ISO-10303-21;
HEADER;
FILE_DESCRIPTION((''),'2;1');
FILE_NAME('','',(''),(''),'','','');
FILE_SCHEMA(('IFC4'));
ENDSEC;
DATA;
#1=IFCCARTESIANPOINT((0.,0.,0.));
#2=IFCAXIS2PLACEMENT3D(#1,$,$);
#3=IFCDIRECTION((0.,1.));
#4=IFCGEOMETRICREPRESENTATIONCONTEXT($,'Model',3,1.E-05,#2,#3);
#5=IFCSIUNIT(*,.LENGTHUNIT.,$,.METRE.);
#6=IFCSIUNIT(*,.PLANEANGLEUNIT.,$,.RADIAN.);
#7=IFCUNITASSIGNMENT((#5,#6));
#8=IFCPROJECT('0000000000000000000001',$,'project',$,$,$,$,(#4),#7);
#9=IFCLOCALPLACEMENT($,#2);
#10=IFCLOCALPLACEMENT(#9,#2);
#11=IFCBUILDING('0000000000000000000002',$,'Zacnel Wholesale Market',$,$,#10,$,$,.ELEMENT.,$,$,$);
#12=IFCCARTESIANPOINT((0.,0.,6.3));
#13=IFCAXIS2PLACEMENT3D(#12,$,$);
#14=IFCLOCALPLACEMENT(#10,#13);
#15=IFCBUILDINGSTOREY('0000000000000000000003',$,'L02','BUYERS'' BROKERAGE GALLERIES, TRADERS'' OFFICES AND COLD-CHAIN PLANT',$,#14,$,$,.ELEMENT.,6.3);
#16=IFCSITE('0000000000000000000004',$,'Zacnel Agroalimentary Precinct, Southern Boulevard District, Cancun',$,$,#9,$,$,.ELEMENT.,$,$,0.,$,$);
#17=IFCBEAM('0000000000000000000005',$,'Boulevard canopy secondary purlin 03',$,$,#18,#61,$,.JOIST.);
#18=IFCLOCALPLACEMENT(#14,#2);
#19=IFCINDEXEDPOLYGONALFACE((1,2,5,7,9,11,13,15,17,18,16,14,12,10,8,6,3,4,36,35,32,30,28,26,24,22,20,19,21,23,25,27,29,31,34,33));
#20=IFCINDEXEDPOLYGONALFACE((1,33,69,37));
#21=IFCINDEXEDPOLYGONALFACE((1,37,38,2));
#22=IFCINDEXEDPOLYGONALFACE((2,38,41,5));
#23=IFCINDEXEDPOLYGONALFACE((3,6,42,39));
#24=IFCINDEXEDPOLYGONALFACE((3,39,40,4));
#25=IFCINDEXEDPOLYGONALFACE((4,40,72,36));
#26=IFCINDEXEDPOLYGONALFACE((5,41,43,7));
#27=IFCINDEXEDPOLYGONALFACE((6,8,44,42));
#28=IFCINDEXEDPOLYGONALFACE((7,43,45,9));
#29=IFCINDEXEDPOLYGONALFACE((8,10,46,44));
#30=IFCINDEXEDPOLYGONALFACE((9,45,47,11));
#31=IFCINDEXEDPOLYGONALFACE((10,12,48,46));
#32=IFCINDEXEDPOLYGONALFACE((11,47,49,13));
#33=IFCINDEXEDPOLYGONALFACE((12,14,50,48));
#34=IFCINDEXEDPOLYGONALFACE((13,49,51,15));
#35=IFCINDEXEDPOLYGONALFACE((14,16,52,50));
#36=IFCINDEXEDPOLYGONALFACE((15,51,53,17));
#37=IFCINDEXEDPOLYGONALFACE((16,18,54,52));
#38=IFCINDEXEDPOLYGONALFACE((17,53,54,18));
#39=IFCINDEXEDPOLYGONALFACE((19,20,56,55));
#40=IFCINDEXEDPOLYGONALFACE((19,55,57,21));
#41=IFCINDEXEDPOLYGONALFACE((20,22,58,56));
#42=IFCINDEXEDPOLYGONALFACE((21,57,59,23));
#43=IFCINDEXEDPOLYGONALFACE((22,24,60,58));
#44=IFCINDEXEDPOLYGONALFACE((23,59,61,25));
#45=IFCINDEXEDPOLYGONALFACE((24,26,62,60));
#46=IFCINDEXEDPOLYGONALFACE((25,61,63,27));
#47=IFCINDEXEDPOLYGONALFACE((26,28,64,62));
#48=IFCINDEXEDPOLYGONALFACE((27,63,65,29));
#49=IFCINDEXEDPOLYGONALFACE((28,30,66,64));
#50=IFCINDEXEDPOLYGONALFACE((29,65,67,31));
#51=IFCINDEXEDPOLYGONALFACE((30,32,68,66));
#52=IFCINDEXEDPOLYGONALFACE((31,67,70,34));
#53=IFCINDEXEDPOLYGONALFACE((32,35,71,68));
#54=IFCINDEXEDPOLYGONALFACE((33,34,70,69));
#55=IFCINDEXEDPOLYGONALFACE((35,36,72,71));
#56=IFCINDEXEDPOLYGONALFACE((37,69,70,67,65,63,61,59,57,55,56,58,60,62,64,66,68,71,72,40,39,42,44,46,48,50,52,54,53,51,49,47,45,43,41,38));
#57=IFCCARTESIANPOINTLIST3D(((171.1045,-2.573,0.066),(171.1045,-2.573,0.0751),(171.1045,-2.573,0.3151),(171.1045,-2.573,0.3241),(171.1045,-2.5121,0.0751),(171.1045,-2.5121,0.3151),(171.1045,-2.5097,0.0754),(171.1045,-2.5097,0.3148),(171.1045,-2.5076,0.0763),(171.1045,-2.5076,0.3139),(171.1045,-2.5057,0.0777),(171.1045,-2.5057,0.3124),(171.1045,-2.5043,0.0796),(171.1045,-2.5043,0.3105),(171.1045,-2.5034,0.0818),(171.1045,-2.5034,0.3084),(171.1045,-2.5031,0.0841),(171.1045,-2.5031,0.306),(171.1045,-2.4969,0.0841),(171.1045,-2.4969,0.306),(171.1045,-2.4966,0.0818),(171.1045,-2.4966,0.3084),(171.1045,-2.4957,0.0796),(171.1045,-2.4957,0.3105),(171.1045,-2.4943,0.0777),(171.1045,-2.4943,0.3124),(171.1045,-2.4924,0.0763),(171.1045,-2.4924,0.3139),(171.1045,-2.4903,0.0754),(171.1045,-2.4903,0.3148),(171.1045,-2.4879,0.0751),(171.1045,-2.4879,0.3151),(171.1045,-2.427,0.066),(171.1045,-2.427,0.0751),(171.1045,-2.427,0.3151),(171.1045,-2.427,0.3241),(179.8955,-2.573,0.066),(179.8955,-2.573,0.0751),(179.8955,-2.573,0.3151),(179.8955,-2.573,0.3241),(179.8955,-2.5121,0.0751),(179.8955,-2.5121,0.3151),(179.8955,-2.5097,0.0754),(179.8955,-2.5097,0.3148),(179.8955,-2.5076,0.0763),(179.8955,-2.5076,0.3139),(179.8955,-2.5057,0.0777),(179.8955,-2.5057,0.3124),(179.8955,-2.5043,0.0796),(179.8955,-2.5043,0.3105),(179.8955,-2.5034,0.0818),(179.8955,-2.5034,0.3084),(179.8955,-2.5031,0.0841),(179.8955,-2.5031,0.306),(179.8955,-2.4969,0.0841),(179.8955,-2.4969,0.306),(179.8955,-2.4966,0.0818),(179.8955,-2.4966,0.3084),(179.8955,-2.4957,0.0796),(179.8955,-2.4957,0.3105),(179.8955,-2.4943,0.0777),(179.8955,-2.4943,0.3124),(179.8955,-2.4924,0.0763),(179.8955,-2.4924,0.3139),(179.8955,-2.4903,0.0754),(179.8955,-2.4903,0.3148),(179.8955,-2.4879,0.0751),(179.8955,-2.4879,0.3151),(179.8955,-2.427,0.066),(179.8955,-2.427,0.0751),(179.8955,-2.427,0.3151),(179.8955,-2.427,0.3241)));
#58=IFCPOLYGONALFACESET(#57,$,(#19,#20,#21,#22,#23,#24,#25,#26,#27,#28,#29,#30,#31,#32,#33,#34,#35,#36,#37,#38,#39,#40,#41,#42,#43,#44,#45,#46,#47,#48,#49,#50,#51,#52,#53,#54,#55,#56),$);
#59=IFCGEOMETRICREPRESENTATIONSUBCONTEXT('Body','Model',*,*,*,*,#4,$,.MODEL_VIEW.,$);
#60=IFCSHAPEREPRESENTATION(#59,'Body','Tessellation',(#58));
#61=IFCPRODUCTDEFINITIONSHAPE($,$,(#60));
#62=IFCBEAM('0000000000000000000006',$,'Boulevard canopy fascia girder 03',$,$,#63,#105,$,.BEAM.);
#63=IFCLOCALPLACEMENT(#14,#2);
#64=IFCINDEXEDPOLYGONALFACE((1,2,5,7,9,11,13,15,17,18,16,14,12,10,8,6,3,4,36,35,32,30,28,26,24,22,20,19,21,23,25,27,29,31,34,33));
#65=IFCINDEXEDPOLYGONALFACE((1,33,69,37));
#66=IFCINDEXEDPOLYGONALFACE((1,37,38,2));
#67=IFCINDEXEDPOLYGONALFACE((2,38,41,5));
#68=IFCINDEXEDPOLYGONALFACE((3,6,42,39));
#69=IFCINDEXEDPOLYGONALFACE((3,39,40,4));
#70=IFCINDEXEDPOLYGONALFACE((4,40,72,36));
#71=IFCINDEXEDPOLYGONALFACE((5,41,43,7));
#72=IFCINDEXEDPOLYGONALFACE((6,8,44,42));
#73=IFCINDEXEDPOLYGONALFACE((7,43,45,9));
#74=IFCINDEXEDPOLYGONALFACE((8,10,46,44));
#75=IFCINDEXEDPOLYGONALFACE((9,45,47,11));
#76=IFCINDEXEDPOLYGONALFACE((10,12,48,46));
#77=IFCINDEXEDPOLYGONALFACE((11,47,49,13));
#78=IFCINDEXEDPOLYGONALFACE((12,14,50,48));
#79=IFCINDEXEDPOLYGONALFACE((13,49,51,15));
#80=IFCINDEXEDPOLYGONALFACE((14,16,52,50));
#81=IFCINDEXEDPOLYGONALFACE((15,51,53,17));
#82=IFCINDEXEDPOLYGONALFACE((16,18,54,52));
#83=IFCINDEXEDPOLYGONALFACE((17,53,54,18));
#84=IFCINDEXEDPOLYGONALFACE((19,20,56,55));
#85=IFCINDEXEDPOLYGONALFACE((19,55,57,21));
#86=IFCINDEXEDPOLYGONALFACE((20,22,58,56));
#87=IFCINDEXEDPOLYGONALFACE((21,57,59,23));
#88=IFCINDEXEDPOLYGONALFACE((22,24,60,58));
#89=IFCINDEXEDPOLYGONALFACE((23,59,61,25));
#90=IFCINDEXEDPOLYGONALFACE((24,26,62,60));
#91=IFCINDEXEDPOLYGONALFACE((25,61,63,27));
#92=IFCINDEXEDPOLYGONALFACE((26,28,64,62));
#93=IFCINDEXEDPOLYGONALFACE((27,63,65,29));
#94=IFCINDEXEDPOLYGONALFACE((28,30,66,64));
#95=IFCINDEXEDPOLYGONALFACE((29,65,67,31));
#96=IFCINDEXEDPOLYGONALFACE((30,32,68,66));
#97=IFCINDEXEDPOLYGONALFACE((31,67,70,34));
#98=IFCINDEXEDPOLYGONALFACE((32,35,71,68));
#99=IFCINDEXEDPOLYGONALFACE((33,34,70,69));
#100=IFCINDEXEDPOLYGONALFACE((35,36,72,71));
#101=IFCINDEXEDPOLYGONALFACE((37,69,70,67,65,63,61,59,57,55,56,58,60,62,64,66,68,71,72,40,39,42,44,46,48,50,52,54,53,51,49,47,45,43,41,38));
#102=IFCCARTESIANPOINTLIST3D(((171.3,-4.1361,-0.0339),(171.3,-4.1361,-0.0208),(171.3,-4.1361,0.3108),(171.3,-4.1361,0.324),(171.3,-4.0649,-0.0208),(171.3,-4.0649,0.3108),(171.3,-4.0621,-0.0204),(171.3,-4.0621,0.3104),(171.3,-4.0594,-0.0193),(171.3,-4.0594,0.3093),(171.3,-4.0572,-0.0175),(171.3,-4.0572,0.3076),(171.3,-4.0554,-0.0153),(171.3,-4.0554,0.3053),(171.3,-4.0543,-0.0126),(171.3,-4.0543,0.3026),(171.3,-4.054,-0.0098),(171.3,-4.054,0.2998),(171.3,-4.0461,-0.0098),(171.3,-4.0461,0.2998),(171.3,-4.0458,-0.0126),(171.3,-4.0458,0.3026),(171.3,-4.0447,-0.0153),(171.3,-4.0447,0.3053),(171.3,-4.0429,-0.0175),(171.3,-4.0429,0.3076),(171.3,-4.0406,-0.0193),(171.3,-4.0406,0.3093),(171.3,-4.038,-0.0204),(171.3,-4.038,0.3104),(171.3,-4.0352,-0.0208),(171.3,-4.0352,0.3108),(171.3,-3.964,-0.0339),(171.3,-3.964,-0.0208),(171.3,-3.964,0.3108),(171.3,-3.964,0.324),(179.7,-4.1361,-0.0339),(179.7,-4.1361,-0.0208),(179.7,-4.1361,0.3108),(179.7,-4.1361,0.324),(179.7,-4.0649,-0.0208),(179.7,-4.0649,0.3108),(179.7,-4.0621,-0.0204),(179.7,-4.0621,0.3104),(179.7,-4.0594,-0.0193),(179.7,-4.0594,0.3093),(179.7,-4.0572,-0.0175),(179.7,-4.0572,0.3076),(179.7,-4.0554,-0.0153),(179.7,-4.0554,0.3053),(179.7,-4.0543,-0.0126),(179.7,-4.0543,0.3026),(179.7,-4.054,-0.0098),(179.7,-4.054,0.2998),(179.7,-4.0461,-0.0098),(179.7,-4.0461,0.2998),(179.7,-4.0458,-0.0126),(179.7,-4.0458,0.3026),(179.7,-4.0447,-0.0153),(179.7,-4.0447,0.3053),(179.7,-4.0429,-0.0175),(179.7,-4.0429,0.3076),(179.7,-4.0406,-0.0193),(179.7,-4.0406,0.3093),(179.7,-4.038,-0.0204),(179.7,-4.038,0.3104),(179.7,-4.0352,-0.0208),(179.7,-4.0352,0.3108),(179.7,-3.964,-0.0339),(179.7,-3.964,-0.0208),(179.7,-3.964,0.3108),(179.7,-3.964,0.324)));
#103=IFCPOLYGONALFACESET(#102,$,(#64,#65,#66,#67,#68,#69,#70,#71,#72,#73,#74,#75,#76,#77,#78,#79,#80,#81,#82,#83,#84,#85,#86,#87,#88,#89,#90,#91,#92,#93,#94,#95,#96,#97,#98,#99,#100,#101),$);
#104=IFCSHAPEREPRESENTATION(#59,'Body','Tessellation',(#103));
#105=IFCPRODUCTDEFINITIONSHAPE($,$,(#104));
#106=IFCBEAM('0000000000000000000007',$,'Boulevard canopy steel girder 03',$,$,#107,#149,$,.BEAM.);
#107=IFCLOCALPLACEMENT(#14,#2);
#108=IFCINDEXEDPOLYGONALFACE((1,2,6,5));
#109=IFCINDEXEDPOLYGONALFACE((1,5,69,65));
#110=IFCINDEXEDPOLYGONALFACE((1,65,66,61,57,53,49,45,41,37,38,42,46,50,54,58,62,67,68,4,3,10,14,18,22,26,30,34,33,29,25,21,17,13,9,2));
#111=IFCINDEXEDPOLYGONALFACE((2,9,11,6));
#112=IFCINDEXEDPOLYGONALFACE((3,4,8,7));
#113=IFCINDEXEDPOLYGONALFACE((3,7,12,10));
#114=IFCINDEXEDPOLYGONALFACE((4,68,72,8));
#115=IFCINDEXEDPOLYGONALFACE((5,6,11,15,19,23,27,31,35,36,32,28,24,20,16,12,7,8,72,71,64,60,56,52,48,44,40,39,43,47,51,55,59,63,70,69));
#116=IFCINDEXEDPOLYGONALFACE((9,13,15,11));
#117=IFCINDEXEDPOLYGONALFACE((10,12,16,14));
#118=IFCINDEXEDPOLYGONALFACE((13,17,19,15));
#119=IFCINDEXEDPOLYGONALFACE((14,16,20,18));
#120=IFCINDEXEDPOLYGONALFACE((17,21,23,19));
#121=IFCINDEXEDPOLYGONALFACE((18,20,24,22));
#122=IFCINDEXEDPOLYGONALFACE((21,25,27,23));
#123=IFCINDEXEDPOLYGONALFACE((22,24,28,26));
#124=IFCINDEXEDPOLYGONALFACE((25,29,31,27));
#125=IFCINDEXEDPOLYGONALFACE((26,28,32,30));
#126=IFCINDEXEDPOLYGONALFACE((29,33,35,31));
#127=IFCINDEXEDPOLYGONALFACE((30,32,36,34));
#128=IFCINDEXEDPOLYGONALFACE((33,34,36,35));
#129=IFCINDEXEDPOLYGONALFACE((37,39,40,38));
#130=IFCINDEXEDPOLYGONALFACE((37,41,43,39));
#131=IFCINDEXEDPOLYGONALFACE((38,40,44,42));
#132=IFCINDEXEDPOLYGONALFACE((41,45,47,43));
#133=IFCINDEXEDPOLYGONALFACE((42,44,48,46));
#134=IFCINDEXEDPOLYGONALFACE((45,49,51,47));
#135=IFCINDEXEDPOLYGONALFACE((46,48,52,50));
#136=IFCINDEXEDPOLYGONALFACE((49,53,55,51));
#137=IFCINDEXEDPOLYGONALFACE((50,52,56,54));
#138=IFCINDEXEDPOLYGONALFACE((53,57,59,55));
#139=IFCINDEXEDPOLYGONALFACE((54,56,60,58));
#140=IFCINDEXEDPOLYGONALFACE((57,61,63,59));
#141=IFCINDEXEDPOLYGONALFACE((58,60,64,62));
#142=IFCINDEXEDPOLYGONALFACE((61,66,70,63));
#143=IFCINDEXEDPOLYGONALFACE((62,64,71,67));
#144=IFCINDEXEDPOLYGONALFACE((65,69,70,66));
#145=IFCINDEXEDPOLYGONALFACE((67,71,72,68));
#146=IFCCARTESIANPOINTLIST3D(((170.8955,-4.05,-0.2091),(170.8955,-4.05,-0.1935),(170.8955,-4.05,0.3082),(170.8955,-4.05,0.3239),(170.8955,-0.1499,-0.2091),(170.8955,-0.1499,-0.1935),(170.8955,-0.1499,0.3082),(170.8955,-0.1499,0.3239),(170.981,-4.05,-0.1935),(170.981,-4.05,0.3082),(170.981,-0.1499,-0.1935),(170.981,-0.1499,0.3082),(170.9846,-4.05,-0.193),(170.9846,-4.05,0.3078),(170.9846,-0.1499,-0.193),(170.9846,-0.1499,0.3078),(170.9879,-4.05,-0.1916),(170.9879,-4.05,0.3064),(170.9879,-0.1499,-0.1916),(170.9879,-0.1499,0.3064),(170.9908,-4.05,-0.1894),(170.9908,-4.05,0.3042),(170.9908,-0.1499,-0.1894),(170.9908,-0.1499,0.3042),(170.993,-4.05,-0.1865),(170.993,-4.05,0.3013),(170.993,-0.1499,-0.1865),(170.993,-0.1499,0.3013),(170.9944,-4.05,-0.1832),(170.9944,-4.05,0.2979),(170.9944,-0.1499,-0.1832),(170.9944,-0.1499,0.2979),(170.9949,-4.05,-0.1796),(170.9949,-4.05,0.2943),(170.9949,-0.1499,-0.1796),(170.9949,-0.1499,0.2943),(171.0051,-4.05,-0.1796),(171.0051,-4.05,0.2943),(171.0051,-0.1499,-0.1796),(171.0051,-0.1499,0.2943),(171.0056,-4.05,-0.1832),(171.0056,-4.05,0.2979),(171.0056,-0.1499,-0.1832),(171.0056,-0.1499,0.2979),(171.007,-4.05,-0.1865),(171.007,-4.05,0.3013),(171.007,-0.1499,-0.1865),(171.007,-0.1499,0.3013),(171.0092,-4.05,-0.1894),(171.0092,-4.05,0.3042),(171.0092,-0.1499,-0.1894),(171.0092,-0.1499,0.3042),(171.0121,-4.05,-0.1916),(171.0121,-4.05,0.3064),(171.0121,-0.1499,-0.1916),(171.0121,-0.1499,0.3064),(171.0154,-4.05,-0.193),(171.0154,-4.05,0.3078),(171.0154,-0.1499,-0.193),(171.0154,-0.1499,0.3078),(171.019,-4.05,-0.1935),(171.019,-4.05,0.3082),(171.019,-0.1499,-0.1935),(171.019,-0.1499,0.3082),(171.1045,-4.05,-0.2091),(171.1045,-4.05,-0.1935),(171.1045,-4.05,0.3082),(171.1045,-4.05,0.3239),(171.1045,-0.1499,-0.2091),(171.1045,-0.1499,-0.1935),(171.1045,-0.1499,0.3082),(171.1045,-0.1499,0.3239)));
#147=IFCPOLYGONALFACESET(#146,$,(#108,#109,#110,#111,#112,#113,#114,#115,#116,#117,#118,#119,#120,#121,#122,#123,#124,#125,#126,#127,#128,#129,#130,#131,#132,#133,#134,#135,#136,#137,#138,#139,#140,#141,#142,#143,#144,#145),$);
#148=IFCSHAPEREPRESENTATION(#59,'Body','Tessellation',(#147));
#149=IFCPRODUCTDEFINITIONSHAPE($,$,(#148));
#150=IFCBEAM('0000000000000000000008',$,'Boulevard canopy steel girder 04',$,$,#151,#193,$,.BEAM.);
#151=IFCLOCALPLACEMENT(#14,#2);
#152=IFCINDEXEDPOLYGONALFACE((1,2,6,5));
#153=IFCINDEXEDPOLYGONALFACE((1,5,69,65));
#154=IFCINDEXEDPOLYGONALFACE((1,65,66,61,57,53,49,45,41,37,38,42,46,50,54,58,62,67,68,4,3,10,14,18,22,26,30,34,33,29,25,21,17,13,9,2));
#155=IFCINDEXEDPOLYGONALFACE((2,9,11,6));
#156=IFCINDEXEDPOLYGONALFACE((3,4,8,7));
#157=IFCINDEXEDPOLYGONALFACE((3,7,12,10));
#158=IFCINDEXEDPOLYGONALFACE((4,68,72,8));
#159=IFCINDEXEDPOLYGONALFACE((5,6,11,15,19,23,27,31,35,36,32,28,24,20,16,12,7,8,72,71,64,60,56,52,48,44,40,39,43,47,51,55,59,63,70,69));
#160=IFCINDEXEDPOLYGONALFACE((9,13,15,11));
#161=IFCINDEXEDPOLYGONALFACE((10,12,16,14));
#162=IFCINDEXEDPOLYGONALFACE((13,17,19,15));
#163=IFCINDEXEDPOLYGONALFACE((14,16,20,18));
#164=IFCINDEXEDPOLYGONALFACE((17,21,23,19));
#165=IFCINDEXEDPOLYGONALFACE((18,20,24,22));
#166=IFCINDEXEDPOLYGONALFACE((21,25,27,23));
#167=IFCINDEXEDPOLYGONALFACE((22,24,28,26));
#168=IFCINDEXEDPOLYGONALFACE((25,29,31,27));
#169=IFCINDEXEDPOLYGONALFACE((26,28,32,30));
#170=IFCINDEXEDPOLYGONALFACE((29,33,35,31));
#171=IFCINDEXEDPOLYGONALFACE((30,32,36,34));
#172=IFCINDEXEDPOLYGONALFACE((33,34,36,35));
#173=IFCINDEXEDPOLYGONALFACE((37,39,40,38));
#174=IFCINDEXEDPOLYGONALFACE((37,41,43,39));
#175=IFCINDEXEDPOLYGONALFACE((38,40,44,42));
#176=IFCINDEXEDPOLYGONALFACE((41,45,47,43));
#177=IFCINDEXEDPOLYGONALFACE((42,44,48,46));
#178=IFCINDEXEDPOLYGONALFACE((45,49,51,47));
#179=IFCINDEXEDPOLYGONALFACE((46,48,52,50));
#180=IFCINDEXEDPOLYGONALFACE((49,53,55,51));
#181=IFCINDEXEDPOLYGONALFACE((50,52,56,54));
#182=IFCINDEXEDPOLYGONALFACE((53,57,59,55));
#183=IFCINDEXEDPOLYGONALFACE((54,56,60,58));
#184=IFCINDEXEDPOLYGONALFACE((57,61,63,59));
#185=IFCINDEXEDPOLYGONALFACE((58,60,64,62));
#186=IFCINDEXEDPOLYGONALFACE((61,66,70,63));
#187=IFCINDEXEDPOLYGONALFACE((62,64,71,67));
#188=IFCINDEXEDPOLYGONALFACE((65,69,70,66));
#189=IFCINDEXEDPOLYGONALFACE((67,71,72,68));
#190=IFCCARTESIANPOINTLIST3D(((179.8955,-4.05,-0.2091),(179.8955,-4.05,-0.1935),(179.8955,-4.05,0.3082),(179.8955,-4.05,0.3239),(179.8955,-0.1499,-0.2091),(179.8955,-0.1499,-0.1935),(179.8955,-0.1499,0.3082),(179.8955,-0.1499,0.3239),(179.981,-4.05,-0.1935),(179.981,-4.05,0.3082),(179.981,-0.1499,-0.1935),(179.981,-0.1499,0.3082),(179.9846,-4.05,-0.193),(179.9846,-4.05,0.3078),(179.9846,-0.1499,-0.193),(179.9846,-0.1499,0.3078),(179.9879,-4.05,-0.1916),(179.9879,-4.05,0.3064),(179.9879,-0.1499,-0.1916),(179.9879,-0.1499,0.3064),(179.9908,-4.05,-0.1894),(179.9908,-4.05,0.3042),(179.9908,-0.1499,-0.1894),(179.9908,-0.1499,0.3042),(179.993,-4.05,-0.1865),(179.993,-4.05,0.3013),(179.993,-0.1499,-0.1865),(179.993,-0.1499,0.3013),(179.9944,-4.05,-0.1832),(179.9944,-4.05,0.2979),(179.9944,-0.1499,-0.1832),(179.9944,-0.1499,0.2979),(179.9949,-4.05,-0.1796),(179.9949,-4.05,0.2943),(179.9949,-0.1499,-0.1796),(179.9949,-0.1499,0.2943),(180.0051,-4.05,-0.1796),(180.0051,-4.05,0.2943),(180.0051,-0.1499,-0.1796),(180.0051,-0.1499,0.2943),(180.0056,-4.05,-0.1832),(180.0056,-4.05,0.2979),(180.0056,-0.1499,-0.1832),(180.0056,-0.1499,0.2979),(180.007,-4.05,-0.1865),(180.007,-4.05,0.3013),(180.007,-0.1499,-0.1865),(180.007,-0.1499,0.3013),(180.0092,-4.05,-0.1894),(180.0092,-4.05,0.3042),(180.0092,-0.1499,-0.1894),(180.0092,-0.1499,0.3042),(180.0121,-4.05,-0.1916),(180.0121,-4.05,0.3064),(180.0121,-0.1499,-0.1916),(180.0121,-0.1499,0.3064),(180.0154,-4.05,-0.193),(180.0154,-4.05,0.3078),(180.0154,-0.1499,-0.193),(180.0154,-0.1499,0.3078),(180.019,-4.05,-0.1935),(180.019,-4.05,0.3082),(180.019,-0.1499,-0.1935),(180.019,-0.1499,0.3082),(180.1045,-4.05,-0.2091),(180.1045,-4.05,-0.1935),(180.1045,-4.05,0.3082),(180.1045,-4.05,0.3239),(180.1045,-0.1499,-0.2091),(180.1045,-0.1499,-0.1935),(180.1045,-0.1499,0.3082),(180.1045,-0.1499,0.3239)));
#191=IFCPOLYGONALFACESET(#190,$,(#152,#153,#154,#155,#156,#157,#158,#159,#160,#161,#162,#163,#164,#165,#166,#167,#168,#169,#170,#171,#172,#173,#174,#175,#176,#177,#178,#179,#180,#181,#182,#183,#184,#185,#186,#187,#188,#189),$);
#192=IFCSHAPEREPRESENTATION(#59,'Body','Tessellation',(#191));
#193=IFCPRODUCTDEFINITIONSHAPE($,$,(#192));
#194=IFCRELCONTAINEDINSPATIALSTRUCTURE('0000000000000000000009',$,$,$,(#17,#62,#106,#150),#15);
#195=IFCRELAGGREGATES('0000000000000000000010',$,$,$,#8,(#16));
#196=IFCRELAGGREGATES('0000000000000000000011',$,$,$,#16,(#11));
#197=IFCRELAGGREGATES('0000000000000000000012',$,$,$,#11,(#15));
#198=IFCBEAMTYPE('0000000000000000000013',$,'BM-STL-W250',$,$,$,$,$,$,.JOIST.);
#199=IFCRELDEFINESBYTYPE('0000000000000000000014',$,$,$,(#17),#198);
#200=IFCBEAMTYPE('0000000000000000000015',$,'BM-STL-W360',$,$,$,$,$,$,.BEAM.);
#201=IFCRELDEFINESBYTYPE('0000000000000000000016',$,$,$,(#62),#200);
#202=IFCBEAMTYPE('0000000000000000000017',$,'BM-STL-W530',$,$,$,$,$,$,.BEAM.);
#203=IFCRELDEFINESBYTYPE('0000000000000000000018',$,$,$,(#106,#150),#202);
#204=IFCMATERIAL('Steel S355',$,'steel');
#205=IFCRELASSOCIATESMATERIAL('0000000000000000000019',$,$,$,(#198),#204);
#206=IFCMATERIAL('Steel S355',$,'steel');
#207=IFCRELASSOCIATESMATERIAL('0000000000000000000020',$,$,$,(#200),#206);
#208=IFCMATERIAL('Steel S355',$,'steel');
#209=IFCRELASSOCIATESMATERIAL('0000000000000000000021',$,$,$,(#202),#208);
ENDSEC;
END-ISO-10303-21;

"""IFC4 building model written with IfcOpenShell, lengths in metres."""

from ifc_helpers import new_model, si_unit, direction, frame, origin, origin_2d, place, context, subcontext, project, spatial, i_section, extrude, material, material_profile, profile_set, type_object, element, save


model = new_model("IFC4")

# Units and contexts
model_context = context("Model", 3, precision=1e-05, world=origin(), true_north=direction((0.0, 1.0)))
body_context = subcontext(model_context, "Body", "Model", "MODEL_VIEW")
ifc_project = project(units=[si_unit("LENGTHUNIT", "METRE"), si_unit("PLANEANGLEUNIT", "RADIAN")], contexts=[model_context])

# Site, building, storey
site_placement = place(None, origin())
site = spatial("IfcSite", under=ifc_project, at=site_placement, Name="Zacnel Agroalimentary Precinct, Southern Boulevard District, Cancun", CompositionType="ELEMENT", RefElevation=0.0)
building_placement = place(site_placement, origin())
building = spatial("IfcBuilding", under=site, at=building_placement, Name="Zacnel Wholesale Market", CompositionType="ELEMENT")
storey_placement = place(building_placement, frame((0.0, 0.0, 6.3)))
storey = spatial("IfcBuildingStorey", under=building, at=storey_placement, Name="L02", Description="BUYERS' BROKERAGE GALLERIES, TRADERS' OFFICES AND COLD-CHAIN PLANT", CompositionType="ELEMENT", Elevation=6.3)

# Beams
ifc_material_1 = material(Name="Steel S355", Category="steel")
ifc_material_profile_1 = material_profile(ifc_material_1, i_section(OverallWidth=0.146, OverallDepth=0.2581, WebThickness=0.0061, FlangeThickness=0.009, FilletRadius=0.009, at=origin_2d()), Name="W250X32.7")
ifc_profile_set_1 = profile_set([ifc_material_profile_1], Name="Steel S355")
beam_type_1 = type_object("IfcBeamType", Name="BM-STL-W250", PredefinedType="JOIST", material=ifc_profile_set_1)
beam_1_placement = place(storey_placement, frame((171.1045, -2.5, 0.1951), z_axis=(1.0, 0.0, 0.0), x_axis=(0.0, 1.0, 0.0)))
element("IfcBeam", 1, at=beam_1_placement, inside=storey, type_object=beam_type_1, Name="Boulevard canopy secondary purlin 03", PredefinedType="JOIST", context=body_context, shape_type="SweptSolid", body=[
    extrude(i_section(OverallWidth=0.146, OverallDepth=0.2581, WebThickness=0.0061, FlangeThickness=0.009, FilletRadius=0.009, at=origin_2d()), origin(), (0.0, 0.0, 1.0), 8.791),
])
ifc_material_2 = material(Name="Steel S355", Category="steel")
ifc_material_profile_2 = material_profile(ifc_material_2, i_section(OverallWidth=0.1721, OverallDepth=0.3579, WebThickness=0.0078, FlangeThickness=0.0132, FilletRadius=0.011, at=origin_2d()), Name="W360X57.8")
ifc_profile_set_2 = profile_set([ifc_material_profile_2], Name="Steel S355")
beam_type_2 = type_object("IfcBeamType", Name="BM-STL-W360", PredefinedType="BEAM", material=ifc_profile_set_2)
beam_2_placement = place(storey_placement, frame((171.3, -4.05, 0.145), z_axis=(1.0, 0.0, 0.0), x_axis=(0.0, 1.0, 0.0)))
element("IfcBeam", 2, at=beam_2_placement, inside=storey, type_object=beam_type_2, Name="Boulevard canopy fascia girder 03", PredefinedType="BEAM", context=body_context, shape_type="SweptSolid", body=[
    extrude(i_section(OverallWidth=0.1721, OverallDepth=0.3579, WebThickness=0.0078, FlangeThickness=0.0132, FilletRadius=0.011, at=origin_2d()), origin(), (0.0, 0.0, 1.0), 8.3999),
])
ifc_material_3 = material(Name="Steel S355", Category="steel")
ifc_material_profile_3 = material_profile(ifc_material_3, i_section(OverallWidth=0.209, OverallDepth=0.533, WebThickness=0.0103, FlangeThickness=0.0156, FilletRadius=0.0139, at=origin_2d()), Name="W530X92")
ifc_profile_set_3 = profile_set([ifc_material_profile_3], Name="Steel S355")
beam_type_3 = type_object("IfcBeamType", Name="BM-STL-W530", PredefinedType="BEAM", material=ifc_profile_set_3)
for number, where, z_axis, x_axis, name in (
    (3, (171.0, -0.1499, 0.0574), (0.0, -1.0, 0.0), (1.0, 0.0, 0.0), "Boulevard canopy steel girder 03"),
    (4, (180.0, -0.1499, 0.0574), (0.0, -1.0, 0.0), (1.0, 0.0, 0.0), "Boulevard canopy steel girder 04"),
):
    element("IfcBeam", number, at=place(storey_placement, frame(where, z_axis=z_axis, x_axis=x_axis)), inside=storey, type_object=beam_type_3, Name=name, PredefinedType="BEAM", context=body_context, shape_type="SweptSolid", body=[
        extrude(i_section(OverallWidth=0.209, OverallDepth=0.533, WebThickness=0.0103, FlangeThickness=0.0156, FilletRadius=0.0139, at=origin_2d()), origin(), (0.0, 0.0, 1.0), 3.9001),
    ])

save(model, "model.ifc")
